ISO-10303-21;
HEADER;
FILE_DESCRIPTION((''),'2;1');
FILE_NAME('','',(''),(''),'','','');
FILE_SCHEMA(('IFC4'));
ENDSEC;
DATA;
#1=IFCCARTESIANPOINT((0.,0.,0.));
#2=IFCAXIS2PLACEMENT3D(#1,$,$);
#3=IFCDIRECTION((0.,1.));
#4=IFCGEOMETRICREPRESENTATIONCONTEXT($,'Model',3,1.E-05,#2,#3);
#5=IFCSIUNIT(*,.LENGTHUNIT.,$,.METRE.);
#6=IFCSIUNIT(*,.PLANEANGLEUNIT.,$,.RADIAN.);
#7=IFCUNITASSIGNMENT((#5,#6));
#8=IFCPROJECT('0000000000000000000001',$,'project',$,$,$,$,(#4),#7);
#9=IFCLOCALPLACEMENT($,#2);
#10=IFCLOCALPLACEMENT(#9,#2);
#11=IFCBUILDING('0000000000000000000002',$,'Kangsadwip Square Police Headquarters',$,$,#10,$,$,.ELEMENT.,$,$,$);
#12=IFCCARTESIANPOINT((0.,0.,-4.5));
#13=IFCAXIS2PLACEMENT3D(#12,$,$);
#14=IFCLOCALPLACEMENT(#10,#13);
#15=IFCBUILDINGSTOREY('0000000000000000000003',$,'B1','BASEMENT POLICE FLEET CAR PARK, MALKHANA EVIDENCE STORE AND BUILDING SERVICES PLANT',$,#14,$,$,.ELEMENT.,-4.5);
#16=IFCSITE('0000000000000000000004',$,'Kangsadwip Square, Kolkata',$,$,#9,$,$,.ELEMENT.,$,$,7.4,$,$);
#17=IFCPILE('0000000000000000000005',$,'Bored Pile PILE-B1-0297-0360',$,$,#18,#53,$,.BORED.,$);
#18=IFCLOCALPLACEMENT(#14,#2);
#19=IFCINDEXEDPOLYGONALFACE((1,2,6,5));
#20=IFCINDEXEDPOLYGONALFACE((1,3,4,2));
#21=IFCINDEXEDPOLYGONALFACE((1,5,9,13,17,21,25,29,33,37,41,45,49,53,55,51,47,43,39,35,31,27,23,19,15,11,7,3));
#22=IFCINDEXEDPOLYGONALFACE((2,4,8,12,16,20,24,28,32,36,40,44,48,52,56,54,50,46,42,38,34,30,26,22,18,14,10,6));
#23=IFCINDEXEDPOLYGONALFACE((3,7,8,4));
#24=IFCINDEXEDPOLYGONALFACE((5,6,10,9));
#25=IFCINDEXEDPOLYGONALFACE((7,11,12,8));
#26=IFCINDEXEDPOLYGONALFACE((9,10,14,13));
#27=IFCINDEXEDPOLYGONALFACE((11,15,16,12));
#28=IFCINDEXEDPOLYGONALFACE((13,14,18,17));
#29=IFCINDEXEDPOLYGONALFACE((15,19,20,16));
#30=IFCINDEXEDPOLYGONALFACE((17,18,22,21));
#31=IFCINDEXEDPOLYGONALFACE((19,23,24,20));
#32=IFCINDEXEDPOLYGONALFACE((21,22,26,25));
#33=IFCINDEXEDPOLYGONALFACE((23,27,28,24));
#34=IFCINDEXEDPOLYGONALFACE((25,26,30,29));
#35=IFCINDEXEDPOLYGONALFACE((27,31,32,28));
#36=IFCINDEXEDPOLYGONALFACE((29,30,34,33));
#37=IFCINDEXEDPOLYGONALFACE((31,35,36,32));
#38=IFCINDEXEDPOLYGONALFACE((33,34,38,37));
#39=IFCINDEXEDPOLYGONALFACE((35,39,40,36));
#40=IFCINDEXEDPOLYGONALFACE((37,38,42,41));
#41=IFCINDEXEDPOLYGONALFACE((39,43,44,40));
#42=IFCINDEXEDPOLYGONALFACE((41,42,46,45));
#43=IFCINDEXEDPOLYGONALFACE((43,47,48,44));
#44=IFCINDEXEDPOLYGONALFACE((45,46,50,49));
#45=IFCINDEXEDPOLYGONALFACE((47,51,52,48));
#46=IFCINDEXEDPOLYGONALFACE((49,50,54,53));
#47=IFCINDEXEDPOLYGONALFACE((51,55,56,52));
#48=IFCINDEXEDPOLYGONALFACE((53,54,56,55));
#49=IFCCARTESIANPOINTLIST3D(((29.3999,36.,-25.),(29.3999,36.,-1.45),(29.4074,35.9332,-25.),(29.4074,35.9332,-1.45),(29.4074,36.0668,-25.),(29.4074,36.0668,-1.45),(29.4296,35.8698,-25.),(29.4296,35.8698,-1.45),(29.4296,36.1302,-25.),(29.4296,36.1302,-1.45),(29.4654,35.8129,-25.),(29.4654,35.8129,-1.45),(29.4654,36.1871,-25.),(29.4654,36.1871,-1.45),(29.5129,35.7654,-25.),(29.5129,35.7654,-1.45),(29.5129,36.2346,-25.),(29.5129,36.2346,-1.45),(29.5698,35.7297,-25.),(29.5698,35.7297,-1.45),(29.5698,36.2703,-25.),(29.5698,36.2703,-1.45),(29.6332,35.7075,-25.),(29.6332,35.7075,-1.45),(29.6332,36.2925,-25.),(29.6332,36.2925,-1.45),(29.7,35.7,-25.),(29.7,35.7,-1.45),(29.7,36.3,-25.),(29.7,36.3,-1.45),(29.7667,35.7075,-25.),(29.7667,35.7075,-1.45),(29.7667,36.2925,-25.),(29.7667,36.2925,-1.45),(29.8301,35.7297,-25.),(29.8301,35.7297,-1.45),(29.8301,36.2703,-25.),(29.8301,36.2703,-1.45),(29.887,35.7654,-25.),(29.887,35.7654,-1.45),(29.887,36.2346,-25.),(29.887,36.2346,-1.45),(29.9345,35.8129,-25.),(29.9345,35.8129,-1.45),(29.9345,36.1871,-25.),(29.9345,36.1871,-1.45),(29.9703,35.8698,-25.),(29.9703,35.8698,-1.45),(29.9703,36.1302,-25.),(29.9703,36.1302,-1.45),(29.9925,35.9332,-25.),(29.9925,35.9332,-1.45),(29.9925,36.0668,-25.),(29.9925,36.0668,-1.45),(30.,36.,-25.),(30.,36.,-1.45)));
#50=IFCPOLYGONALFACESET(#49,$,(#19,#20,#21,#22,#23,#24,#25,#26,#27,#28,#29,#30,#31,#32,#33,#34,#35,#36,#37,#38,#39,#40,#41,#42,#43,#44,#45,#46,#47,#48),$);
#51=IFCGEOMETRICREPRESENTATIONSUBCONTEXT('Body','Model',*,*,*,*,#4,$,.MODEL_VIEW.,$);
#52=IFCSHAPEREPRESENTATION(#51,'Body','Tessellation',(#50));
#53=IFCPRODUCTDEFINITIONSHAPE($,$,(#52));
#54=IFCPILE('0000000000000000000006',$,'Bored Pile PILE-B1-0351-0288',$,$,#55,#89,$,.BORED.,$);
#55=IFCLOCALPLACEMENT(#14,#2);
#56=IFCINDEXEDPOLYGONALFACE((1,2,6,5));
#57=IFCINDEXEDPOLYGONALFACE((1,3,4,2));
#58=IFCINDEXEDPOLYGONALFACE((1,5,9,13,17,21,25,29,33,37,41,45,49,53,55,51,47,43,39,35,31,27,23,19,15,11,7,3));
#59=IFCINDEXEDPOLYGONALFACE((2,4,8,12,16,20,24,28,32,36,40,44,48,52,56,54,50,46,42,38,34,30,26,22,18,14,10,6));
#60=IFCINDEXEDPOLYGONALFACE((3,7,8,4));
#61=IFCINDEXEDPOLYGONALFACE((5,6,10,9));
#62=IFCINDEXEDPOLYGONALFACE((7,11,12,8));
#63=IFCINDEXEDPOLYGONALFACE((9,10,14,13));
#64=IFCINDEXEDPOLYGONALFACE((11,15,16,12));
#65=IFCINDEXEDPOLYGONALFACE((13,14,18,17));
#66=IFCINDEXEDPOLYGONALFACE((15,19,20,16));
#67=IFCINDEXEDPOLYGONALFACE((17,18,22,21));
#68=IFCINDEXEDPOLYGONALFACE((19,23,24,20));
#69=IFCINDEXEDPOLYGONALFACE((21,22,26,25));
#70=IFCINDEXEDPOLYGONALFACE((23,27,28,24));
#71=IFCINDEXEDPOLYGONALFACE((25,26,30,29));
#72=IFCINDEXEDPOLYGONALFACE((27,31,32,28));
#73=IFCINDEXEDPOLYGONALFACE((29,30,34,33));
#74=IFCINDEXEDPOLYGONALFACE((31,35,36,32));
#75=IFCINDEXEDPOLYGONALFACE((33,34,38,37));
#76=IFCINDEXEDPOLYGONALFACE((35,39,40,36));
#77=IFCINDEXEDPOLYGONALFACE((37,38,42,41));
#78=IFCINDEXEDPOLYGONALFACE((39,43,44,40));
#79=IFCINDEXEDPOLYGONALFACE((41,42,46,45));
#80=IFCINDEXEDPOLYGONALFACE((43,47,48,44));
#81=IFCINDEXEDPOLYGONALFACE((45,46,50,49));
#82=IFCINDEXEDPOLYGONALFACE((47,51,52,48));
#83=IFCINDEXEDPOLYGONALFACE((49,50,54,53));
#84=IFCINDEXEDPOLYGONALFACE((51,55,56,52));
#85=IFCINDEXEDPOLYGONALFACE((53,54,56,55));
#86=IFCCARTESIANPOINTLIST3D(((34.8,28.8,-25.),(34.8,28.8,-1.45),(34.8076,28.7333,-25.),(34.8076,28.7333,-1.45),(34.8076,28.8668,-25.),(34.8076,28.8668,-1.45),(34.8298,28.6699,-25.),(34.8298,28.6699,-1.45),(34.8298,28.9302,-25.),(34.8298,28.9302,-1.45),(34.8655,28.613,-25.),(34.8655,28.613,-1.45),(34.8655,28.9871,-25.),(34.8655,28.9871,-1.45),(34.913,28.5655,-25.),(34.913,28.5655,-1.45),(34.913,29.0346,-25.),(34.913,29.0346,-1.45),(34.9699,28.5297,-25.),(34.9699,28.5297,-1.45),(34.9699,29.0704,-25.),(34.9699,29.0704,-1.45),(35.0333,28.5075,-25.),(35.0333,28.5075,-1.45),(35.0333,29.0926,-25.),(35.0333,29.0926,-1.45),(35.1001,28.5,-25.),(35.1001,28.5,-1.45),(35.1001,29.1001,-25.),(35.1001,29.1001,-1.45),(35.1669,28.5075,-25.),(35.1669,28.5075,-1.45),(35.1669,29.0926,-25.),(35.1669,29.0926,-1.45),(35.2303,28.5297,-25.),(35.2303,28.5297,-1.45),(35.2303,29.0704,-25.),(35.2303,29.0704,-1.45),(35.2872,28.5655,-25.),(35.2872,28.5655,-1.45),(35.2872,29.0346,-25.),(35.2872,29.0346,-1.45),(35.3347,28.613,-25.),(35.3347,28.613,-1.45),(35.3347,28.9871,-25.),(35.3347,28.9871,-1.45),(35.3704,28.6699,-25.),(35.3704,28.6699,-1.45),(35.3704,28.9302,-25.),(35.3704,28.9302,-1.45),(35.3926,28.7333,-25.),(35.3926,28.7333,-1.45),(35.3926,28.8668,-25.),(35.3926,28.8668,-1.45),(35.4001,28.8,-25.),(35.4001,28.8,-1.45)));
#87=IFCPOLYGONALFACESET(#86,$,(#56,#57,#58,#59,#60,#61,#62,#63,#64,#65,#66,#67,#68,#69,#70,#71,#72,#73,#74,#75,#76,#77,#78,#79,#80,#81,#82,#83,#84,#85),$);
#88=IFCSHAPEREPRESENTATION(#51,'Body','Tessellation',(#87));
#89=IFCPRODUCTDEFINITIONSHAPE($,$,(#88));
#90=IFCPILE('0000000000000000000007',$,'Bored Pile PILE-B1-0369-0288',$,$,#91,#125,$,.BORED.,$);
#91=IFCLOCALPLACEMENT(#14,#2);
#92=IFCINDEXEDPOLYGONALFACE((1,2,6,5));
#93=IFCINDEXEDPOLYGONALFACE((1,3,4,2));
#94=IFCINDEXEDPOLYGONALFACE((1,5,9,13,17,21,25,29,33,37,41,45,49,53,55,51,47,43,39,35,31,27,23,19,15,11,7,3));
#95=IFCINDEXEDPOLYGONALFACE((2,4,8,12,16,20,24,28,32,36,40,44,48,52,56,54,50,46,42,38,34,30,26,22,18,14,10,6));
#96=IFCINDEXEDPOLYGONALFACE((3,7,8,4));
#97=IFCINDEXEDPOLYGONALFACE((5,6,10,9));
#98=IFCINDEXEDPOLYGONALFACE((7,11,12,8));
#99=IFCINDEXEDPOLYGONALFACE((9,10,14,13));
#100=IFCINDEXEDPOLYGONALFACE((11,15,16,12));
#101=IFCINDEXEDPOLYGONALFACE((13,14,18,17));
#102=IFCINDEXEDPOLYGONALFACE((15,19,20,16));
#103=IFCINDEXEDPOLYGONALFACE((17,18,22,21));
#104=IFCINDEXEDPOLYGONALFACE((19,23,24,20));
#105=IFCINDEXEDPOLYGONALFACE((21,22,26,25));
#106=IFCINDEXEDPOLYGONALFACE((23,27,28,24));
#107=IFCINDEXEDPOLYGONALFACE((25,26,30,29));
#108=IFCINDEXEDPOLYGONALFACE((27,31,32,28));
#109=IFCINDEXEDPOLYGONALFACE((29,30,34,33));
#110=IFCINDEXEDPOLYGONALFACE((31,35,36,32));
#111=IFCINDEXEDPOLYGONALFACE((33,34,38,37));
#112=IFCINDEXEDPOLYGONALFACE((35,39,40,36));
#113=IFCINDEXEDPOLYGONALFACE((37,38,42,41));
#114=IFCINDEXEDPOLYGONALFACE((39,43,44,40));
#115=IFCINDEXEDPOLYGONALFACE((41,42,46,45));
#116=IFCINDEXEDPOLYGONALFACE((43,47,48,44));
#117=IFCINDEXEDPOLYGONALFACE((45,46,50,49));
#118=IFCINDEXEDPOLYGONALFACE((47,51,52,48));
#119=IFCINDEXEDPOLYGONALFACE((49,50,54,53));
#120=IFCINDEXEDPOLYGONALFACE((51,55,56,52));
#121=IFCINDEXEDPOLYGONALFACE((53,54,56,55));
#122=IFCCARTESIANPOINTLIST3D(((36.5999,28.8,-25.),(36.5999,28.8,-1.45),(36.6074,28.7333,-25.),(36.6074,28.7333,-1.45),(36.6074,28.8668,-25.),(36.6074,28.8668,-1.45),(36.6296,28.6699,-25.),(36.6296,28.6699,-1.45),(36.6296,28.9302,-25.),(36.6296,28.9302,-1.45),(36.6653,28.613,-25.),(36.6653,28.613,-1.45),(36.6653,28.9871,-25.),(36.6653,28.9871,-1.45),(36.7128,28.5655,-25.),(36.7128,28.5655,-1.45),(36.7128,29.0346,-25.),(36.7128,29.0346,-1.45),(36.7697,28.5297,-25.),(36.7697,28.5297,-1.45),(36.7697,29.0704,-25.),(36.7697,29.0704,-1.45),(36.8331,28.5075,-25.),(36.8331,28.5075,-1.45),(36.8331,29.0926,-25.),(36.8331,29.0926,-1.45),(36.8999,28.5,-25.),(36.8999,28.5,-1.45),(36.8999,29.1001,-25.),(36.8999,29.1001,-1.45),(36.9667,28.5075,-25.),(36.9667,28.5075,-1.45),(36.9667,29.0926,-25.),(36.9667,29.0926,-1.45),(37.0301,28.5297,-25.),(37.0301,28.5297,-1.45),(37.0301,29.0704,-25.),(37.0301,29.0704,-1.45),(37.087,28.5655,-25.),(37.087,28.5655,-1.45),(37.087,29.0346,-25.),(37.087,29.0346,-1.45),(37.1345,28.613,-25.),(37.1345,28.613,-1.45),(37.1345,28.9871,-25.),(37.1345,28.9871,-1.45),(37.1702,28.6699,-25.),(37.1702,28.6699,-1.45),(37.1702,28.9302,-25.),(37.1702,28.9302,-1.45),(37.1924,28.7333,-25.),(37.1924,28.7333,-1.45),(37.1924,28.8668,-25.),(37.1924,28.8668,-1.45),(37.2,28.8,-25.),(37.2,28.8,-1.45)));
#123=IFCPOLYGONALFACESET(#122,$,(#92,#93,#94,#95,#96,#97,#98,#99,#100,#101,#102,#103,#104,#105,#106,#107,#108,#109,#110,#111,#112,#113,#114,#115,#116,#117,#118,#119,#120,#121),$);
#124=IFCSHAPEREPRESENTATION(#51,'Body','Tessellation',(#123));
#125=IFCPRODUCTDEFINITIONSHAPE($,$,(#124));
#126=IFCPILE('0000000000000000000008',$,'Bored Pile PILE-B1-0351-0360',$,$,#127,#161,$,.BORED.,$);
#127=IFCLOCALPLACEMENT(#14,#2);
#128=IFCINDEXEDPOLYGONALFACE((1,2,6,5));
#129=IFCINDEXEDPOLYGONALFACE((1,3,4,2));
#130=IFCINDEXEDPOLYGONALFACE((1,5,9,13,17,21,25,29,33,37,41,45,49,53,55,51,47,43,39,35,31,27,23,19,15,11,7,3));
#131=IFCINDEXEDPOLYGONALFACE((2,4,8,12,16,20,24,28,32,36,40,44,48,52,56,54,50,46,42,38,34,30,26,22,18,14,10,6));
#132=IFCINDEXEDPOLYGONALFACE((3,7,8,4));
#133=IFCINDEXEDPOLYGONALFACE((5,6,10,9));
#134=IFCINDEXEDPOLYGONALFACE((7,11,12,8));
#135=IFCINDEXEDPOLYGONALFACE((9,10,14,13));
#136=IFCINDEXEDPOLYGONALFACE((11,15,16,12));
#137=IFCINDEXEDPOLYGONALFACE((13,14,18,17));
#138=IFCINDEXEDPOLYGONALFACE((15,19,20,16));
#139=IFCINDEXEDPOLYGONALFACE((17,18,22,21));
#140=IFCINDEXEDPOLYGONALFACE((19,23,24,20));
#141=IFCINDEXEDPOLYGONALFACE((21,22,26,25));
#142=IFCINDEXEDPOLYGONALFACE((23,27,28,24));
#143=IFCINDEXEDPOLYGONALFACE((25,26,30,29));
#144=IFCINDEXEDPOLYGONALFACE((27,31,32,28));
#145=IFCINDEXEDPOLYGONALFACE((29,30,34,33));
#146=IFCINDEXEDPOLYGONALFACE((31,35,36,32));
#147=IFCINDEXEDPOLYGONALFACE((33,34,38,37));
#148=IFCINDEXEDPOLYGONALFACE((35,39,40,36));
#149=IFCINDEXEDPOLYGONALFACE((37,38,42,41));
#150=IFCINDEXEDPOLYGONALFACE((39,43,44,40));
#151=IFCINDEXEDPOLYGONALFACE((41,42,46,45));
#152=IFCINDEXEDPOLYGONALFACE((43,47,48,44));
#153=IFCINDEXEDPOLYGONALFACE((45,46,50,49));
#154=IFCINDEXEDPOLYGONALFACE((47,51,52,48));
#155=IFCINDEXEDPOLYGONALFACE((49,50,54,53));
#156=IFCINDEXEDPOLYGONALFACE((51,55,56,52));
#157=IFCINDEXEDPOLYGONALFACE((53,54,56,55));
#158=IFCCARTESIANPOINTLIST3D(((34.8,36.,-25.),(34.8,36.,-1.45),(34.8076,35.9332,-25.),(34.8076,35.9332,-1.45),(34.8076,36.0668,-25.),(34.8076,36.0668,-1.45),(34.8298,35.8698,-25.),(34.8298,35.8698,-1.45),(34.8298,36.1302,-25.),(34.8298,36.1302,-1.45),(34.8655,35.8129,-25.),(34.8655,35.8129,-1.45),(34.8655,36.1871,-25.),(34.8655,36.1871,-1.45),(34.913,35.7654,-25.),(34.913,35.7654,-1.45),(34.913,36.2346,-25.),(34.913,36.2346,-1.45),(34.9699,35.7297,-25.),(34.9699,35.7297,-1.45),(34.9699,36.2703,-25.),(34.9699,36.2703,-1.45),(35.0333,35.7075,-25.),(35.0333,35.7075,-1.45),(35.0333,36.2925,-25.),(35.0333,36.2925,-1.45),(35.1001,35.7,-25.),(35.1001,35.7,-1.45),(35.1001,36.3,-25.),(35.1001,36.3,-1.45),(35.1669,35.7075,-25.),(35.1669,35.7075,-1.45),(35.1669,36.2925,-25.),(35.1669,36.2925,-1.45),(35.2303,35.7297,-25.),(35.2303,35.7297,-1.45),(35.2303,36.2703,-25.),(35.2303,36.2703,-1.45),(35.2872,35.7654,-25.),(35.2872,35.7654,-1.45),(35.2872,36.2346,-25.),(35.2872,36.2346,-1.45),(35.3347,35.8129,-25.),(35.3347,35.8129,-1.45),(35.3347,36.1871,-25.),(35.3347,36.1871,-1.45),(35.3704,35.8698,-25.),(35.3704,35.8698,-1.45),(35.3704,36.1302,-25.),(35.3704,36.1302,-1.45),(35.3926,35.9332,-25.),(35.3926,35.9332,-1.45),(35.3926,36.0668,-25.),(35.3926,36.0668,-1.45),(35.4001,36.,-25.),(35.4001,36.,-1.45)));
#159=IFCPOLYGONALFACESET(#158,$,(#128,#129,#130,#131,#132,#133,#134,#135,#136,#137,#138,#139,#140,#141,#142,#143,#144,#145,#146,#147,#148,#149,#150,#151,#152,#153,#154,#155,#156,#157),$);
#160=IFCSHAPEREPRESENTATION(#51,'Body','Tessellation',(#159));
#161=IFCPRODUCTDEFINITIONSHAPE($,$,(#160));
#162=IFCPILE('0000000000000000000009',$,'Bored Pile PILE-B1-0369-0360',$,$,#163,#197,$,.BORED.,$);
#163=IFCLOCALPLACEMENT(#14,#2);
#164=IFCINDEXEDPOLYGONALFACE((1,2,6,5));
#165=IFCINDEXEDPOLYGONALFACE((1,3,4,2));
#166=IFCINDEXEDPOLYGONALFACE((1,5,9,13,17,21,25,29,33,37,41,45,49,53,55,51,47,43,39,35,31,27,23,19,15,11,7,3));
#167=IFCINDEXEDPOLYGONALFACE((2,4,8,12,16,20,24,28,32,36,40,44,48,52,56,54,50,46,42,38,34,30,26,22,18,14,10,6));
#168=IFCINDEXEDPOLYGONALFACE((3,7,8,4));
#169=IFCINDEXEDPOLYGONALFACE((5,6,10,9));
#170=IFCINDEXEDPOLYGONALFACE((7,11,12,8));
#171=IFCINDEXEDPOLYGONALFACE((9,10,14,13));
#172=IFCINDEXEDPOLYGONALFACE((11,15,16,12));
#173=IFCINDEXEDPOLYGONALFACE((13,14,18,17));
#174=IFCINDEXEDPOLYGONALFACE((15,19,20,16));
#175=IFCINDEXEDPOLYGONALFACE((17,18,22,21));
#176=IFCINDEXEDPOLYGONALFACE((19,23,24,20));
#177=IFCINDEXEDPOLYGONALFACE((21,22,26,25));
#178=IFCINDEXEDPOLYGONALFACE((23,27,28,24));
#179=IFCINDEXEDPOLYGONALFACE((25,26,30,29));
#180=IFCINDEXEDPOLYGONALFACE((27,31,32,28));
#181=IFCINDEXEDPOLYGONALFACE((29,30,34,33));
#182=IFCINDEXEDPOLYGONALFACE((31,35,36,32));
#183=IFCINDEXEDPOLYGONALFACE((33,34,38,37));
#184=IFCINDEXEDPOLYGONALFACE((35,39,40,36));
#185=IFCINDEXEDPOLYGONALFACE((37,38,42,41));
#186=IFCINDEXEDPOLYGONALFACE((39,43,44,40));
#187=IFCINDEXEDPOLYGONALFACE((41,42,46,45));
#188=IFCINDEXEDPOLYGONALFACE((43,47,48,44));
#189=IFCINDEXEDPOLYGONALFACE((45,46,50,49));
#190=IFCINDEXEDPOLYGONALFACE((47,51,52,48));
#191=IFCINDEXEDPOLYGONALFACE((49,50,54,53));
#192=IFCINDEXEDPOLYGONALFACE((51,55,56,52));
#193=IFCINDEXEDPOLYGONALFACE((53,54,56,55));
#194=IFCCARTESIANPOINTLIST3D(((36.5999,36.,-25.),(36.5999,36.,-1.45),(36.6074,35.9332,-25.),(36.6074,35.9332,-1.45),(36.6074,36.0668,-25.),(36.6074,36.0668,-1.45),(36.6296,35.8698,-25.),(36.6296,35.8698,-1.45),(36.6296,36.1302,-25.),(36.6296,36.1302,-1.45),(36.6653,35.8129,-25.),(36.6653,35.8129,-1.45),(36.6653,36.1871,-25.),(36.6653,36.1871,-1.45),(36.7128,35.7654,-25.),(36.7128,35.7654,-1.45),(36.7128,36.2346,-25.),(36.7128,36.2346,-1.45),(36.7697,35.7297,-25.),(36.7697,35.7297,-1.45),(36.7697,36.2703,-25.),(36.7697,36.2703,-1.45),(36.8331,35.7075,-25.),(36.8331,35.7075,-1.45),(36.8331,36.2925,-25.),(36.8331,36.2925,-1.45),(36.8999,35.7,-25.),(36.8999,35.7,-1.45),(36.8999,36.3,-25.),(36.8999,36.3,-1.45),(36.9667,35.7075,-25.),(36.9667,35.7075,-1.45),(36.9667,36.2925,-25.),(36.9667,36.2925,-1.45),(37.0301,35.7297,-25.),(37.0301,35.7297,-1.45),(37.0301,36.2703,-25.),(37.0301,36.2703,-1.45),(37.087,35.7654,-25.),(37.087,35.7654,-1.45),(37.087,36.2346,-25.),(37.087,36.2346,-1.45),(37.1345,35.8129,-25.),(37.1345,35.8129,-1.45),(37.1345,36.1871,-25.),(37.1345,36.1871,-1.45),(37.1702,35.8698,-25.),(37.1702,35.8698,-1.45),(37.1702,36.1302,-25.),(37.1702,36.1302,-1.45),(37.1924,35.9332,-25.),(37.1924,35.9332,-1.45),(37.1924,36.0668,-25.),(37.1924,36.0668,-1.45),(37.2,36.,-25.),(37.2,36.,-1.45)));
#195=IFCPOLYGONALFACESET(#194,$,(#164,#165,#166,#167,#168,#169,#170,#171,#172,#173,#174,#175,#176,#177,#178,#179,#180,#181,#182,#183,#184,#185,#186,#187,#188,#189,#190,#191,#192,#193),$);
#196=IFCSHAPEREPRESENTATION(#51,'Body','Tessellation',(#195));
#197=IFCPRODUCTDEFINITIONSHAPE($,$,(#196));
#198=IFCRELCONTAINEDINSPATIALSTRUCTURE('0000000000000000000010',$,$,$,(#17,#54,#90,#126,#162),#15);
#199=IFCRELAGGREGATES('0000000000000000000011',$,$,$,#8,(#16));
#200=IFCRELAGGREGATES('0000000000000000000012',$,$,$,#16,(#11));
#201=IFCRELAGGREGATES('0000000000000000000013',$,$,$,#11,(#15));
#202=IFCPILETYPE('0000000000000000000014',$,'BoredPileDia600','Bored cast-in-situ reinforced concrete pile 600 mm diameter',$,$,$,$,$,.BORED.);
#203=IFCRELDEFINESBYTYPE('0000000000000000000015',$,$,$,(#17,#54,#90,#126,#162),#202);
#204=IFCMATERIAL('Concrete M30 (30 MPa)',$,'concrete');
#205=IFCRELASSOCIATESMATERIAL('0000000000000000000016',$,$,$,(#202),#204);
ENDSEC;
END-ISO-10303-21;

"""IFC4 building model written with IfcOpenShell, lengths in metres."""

from ifc_helpers import new_model, si_unit, direction, frame, origin, origin_2d, place, context, subcontext, project, spatial, circle, extrude, material, material_profile, profile_set, type_object, element, save


model = new_model("IFC4")

# Units and contexts
model_context = context("Model", 3, precision=1e-05, world=origin(), true_north=direction((0.0, 1.0)))
body_context = subcontext(model_context, "Body", "Model", "MODEL_VIEW")
ifc_project = project(units=[si_unit("LENGTHUNIT", "METRE"), si_unit("PLANEANGLEUNIT", "RADIAN")], contexts=[model_context])

# Site, building, storey
site_placement = place(None, origin())
site = spatial("IfcSite", under=ifc_project, at=site_placement, Name="Kangsadwip Square, Kolkata", CompositionType="ELEMENT", RefElevation=7.4)
building_placement = place(site_placement, origin())
building = spatial("IfcBuilding", under=site, at=building_placement, Name="Kangsadwip Square Police Headquarters", CompositionType="ELEMENT")
storey_placement = place(building_placement, frame((0.0, 0.0, -4.5)))
storey = spatial("IfcBuildingStorey", under=building, at=storey_placement, Name="B1", Description="BASEMENT POLICE FLEET CAR PARK, MALKHANA EVIDENCE STORE AND BUILDING SERVICES PLANT", CompositionType="ELEMENT", Elevation=-4.5)

# Piles
ifc_material_1 = material(Name="Concrete M30 (30 MPa)", Category="concrete")
ifc_material_profile_1 = material_profile(ifc_material_1, circle(Radius=0.3, at=origin_2d()), Name="PILE DIA 600")
ifc_profile_set_1 = profile_set([ifc_material_profile_1], Name="Concrete M30 (30 MPa)")
pile_type = type_object("IfcPileType", Name="BoredPileDia600", Description="Bored cast-in-situ reinforced concrete pile 600 mm diameter", PredefinedType="BORED", material=ifc_profile_set_1)
for number, where, z_axis, x_axis, name in (
    (1, (29.7, 36.0, -1.45), (0.0, 0.0, -1.0), (1.0, 0.0, 0.0), "Bored Pile PILE-B1-0297-0360"),
    (2, (35.1001, 28.8, -1.45), (0.0, 0.0, -1.0), (1.0, 0.0, 0.0), "Bored Pile PILE-B1-0351-0288"),
    (3, (36.8999, 28.8, -1.45), (0.0, 0.0, -1.0), (1.0, 0.0, 0.0), "Bored Pile PILE-B1-0369-0288"),
    (4, (35.1001, 36.0, -1.45), (0.0, 0.0, -1.0), (1.0, 0.0, 0.0), "Bored Pile PILE-B1-0351-0360"),
    (5, (36.8999, 36.0, -1.45), (0.0, 0.0, -1.0), (1.0, 0.0, 0.0), "Bored Pile PILE-B1-0369-0360"),
):
    element("IfcPile", number, at=place(storey_placement, frame(where, z_axis=z_axis, x_axis=x_axis)), inside=storey, type_object=pile_type, Name=name, PredefinedType="BORED", context=body_context, shape_type="SweptSolid", body=[
        extrude(circle(Radius=0.3, at=origin_2d()), origin(), (0.0, 0.0, 1.0), 23.55),
    ])

save(model, "model.ifc")
